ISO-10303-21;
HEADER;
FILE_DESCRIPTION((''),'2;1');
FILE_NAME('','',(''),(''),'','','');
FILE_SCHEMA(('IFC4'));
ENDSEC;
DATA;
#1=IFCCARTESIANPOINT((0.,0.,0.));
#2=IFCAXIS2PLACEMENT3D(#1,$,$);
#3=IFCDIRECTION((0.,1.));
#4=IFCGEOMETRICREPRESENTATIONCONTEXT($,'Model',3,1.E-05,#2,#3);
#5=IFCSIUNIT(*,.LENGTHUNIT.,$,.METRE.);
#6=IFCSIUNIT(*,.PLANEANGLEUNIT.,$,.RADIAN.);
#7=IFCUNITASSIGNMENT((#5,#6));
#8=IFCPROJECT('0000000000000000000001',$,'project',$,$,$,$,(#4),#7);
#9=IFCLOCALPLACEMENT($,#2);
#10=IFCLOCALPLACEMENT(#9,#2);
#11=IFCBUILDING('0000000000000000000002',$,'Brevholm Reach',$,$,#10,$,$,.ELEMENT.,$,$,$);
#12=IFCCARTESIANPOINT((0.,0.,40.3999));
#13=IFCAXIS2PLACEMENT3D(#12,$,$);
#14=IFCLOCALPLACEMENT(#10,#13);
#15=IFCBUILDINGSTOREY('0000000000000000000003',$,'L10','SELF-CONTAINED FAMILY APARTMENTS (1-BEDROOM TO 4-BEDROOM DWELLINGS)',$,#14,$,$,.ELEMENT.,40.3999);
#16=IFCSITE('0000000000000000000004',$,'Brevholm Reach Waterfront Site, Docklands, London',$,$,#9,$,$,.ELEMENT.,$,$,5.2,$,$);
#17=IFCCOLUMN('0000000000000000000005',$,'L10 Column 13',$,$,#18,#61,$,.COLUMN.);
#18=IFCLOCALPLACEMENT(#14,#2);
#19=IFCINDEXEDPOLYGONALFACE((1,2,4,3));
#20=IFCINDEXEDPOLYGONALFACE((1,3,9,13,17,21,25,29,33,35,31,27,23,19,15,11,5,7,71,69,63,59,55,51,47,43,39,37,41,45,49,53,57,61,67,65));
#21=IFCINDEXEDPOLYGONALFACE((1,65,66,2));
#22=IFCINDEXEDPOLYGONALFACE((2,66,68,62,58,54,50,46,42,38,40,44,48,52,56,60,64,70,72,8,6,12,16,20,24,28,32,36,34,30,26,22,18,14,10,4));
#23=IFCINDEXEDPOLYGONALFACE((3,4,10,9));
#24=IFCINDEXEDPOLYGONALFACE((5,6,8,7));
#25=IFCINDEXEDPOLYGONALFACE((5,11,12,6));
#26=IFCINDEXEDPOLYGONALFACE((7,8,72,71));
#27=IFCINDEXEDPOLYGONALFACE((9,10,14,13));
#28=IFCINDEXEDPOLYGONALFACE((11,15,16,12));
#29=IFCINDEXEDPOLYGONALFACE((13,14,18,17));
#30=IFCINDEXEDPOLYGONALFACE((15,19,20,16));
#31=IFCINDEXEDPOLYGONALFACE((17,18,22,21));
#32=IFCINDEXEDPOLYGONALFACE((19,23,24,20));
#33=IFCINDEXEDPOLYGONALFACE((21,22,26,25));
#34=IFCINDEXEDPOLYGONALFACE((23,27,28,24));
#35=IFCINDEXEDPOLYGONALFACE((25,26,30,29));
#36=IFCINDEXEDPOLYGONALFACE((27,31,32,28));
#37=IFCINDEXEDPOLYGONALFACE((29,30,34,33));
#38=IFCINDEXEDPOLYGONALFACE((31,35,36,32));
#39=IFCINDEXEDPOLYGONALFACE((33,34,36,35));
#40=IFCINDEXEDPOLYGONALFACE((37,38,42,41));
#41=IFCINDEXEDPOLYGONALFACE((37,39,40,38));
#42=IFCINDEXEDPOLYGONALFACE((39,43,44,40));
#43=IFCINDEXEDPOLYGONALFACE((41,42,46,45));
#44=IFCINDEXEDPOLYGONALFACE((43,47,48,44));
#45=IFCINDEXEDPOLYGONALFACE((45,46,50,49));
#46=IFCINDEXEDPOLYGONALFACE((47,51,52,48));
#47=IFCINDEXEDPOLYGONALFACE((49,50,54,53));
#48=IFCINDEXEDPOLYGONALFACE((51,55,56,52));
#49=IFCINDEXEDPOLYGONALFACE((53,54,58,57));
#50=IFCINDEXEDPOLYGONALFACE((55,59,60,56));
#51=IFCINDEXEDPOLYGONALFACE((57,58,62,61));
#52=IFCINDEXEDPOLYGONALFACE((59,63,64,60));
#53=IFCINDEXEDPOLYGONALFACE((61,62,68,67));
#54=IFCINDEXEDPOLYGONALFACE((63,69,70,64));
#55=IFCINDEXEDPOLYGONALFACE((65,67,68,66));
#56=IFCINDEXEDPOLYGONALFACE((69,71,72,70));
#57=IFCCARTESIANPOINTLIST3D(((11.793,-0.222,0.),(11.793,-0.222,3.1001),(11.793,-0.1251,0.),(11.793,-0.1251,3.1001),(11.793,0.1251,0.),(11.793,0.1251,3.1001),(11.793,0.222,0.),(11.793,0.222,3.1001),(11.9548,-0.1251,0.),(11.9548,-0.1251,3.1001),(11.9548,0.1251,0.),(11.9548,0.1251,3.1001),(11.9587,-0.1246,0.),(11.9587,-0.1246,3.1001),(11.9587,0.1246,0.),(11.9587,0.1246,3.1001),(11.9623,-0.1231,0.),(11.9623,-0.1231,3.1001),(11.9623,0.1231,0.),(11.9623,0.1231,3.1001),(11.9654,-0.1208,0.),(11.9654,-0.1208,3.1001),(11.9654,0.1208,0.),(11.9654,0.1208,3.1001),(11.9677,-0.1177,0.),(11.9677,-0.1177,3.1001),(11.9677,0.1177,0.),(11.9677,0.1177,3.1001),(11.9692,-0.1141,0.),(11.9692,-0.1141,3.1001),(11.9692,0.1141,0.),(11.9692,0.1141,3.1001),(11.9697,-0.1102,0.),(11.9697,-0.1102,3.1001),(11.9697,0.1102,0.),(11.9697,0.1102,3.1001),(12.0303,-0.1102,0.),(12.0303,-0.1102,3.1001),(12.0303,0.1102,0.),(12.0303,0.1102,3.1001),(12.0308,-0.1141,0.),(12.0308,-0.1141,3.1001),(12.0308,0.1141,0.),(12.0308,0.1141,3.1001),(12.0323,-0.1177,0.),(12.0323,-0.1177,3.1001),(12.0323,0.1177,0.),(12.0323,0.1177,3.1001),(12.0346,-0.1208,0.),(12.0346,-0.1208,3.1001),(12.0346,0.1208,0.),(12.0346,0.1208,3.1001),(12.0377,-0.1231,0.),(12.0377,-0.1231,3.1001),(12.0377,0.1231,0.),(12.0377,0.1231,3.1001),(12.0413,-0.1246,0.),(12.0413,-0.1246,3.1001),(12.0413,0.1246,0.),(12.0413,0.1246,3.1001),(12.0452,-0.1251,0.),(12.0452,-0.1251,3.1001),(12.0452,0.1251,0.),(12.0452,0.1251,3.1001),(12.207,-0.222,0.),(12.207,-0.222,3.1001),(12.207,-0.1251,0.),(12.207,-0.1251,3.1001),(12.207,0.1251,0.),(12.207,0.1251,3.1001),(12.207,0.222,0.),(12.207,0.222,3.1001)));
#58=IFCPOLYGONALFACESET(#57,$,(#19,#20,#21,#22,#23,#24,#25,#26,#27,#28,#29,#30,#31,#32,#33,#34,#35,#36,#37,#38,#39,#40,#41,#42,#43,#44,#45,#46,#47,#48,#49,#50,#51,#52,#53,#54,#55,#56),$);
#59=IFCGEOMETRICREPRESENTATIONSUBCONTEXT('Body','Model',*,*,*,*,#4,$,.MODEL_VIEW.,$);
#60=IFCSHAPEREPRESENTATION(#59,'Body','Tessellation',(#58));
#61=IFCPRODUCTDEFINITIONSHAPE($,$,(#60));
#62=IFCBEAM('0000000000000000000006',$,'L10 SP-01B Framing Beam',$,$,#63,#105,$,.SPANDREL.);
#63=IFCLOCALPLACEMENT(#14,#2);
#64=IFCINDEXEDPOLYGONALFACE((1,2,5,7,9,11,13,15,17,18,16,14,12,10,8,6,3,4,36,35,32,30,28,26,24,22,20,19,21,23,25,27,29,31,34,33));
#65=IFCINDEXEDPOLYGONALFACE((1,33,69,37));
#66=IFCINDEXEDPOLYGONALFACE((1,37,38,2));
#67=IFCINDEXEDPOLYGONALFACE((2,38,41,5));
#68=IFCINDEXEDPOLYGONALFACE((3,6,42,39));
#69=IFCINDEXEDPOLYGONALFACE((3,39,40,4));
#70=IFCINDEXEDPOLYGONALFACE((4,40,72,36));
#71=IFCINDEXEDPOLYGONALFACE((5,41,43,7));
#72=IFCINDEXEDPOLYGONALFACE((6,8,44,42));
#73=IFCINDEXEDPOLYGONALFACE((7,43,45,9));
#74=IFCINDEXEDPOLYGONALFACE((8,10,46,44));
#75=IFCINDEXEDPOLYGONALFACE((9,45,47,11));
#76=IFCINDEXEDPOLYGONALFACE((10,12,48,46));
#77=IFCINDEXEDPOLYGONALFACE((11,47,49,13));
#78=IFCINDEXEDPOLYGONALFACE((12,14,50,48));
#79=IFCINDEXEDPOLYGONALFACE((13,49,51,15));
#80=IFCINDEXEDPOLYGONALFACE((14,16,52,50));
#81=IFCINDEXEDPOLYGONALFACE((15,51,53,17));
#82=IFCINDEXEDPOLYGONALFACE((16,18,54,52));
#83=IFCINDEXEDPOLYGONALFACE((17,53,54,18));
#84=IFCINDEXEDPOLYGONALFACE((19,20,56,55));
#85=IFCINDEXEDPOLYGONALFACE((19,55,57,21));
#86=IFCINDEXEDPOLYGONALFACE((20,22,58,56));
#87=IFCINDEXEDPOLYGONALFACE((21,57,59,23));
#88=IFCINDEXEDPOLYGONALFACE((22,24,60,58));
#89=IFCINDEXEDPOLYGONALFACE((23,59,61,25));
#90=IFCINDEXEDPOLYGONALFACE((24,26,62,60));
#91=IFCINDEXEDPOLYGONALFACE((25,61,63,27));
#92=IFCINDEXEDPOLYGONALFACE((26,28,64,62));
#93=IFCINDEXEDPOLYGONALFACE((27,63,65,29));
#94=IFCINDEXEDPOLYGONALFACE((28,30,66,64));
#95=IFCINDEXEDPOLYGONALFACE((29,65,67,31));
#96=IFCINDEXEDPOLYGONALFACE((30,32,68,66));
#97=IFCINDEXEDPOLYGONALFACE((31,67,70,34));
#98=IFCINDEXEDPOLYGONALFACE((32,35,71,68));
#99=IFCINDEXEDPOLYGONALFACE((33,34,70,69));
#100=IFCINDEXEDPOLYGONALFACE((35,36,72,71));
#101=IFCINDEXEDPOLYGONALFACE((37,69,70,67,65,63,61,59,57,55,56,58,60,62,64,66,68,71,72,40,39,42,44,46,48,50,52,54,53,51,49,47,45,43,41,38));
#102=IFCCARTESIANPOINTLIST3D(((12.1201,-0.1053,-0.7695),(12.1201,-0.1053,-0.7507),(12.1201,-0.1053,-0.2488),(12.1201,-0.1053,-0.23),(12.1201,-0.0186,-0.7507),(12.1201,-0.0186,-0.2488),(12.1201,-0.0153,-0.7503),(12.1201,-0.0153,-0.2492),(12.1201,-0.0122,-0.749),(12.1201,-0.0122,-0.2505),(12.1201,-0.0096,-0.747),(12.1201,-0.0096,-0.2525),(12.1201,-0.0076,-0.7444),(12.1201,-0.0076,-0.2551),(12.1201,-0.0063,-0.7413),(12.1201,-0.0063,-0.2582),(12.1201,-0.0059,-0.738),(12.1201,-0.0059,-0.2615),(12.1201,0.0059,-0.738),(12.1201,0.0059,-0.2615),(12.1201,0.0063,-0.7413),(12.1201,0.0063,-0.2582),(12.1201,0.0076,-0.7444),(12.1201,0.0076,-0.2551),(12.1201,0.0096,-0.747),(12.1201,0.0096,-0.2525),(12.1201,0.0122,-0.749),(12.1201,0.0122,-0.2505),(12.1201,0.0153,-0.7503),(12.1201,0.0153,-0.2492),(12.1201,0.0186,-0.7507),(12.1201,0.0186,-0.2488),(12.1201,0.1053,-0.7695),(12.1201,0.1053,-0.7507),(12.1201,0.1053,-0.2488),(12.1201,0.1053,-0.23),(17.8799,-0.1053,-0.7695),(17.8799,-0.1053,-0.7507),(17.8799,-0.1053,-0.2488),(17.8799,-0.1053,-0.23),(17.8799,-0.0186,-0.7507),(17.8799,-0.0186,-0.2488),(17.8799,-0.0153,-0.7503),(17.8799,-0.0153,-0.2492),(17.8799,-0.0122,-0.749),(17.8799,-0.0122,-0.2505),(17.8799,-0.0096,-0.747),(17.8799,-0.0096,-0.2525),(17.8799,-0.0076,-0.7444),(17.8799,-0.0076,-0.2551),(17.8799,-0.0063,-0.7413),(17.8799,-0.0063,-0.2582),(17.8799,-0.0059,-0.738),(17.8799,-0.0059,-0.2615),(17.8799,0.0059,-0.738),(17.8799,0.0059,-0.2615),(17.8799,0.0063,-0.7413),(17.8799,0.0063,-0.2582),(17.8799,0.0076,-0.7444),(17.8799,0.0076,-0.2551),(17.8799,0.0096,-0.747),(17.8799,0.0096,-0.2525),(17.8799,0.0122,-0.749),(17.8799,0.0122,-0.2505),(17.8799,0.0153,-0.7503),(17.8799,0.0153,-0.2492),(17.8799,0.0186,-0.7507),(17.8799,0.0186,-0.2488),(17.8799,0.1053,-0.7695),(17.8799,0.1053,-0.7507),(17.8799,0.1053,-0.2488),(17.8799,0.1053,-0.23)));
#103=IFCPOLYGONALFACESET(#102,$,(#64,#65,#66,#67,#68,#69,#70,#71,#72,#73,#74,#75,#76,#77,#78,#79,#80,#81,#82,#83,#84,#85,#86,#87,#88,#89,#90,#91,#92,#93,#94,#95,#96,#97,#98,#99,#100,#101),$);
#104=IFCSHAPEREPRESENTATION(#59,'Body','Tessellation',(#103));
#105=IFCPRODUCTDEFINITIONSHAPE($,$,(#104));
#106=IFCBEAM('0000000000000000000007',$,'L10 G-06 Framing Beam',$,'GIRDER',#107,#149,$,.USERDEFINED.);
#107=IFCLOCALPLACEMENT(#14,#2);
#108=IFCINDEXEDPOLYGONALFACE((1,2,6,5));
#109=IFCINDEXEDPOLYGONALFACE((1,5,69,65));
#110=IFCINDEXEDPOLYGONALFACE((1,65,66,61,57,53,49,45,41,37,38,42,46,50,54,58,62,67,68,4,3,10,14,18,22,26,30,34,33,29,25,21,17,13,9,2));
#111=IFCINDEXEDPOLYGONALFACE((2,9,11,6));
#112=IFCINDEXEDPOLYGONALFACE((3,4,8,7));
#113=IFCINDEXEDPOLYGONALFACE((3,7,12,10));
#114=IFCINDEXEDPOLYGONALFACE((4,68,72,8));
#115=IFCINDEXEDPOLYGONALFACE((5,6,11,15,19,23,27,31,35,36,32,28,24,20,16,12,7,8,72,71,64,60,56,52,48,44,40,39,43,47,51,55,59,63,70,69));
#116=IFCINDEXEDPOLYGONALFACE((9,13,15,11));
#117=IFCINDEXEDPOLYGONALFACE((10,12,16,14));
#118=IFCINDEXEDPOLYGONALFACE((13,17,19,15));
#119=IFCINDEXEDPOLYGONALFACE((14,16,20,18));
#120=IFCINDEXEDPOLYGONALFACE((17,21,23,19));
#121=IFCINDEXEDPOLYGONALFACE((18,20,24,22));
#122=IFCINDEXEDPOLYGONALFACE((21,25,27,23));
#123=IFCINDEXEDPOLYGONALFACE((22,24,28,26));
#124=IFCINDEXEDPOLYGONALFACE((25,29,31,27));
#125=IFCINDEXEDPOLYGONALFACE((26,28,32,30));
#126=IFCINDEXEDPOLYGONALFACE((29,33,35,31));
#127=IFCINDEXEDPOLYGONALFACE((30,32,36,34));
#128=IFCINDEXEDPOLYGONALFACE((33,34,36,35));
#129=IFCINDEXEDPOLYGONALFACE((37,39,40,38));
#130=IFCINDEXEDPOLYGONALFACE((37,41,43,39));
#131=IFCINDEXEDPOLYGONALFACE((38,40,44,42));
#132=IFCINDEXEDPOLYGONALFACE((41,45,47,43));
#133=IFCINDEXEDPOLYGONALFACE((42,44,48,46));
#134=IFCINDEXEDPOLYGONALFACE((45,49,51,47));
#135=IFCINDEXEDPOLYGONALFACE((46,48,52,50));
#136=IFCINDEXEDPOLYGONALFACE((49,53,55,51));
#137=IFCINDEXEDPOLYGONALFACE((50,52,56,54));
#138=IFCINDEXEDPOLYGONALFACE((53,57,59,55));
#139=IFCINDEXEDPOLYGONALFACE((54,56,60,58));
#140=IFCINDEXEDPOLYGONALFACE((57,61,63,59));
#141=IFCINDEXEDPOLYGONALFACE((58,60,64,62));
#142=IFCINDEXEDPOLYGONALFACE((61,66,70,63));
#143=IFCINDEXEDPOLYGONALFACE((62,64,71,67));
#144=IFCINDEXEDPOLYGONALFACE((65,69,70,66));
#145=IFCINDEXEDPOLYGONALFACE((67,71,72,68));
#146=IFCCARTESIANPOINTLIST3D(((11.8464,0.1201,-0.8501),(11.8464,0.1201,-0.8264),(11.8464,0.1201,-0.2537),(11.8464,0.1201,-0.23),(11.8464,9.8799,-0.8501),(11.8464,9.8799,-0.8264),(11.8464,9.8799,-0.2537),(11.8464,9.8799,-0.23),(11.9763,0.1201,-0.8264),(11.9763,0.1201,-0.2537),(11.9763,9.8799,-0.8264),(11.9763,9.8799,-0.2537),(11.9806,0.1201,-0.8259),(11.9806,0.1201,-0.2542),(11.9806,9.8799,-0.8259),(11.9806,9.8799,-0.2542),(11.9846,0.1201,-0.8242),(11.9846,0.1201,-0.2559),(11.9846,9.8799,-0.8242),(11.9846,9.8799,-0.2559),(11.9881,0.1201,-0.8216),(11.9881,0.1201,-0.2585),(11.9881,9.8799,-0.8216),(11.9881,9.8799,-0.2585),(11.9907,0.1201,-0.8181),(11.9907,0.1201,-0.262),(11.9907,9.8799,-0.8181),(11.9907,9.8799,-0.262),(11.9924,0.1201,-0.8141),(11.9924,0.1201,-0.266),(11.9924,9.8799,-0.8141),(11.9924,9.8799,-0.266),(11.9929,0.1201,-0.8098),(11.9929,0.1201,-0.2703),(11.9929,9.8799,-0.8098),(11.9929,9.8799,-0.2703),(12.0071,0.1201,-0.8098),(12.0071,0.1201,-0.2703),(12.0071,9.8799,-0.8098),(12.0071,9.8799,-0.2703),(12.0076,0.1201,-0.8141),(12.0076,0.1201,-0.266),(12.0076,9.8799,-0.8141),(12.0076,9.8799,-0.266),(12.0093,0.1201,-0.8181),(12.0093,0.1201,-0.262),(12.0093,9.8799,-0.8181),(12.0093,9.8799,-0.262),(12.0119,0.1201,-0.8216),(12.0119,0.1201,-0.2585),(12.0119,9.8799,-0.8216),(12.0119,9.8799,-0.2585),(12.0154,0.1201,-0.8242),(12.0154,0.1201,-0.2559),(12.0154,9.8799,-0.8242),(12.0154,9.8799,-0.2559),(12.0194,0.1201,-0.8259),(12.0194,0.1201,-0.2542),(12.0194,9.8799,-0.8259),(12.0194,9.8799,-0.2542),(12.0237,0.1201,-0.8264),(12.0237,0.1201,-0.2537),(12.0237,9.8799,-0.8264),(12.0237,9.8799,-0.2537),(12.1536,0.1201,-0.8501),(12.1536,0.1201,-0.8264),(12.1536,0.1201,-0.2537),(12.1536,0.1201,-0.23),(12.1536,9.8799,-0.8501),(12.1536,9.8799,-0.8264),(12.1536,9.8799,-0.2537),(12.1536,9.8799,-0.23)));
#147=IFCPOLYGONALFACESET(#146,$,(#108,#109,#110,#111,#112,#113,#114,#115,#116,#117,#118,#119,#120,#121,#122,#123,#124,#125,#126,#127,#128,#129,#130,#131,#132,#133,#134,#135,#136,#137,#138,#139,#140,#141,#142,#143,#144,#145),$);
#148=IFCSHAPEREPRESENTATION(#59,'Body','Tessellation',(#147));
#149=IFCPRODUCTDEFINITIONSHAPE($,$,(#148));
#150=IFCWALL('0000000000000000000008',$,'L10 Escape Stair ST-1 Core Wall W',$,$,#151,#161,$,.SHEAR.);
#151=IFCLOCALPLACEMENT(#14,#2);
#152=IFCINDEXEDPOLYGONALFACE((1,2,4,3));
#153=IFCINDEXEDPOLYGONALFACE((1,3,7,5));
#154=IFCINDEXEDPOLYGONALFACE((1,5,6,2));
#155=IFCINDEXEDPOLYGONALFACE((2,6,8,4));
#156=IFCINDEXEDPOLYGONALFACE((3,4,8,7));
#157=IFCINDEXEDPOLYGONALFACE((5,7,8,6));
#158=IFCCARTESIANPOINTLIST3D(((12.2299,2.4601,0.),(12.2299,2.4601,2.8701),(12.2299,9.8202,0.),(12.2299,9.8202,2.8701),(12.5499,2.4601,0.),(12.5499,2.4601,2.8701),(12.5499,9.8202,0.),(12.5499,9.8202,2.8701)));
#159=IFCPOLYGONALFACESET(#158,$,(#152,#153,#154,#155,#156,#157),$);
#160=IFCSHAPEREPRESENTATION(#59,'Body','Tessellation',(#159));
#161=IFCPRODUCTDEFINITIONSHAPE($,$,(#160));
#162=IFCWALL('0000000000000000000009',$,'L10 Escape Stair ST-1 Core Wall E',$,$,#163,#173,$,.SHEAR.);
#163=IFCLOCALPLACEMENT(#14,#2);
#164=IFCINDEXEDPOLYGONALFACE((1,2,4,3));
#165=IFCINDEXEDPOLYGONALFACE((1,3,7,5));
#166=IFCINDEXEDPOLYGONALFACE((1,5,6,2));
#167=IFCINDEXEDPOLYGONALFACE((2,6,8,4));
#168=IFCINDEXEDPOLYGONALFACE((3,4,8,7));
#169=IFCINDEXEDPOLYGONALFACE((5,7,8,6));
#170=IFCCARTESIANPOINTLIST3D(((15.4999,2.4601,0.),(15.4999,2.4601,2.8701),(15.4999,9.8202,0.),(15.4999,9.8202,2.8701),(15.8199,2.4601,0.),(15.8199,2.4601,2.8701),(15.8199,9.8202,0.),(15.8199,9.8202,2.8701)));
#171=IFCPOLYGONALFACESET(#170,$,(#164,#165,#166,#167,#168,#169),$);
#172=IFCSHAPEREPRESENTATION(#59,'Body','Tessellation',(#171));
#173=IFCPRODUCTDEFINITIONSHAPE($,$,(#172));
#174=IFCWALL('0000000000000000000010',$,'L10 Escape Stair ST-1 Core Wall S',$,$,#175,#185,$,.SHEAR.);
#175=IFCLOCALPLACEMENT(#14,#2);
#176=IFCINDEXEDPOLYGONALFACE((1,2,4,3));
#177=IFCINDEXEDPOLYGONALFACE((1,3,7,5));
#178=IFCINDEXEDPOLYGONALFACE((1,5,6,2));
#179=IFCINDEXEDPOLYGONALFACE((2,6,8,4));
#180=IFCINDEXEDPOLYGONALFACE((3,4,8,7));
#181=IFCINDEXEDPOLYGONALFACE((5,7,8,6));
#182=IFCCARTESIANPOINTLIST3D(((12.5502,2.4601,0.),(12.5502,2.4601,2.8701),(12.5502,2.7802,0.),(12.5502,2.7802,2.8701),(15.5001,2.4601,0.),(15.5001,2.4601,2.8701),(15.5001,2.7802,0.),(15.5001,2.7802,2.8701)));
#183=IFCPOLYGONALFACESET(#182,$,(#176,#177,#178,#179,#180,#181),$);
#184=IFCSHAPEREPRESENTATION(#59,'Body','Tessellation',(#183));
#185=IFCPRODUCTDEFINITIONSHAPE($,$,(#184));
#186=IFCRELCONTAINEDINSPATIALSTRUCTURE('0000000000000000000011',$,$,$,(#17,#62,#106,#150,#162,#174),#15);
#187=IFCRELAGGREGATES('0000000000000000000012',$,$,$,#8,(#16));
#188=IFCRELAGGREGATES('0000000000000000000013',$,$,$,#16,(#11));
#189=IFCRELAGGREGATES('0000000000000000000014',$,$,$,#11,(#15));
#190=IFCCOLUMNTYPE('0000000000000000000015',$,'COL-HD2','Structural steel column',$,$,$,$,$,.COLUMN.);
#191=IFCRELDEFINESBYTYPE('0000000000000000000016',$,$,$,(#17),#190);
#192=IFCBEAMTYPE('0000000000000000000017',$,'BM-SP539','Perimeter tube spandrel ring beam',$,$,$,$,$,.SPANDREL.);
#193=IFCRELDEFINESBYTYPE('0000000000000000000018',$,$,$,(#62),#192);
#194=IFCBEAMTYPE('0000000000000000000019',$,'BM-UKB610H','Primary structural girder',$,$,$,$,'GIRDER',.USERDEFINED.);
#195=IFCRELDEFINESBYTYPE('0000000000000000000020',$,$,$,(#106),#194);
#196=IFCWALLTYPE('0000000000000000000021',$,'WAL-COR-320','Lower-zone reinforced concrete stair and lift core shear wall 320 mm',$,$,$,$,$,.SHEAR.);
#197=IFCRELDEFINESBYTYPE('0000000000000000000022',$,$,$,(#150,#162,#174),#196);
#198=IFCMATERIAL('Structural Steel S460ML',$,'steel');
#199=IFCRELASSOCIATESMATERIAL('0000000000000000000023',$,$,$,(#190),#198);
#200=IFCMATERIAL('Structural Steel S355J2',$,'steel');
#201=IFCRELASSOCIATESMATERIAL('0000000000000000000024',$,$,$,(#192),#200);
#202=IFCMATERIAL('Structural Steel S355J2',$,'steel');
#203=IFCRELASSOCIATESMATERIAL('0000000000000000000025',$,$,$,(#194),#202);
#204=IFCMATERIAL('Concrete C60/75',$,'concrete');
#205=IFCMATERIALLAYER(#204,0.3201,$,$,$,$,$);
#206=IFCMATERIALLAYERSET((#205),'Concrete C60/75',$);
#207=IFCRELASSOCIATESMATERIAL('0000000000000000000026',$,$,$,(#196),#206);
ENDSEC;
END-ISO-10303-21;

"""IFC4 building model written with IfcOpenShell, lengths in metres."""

from ifc_helpers import new_model, si_unit, direction, frame, frame_2d, origin, origin_2d, place, context, subcontext, project, spatial, rectangle, i_section, extrude, material, layer, layer_set, material_profile, profile_set, type_object, element, save


model = new_model("IFC4")

# Units and contexts
model_context = context("Model", 3, precision=1e-05, world=origin(), true_north=direction((0.0, 1.0)))
body_context = subcontext(model_context, "Body", "Model", "MODEL_VIEW")
ifc_project = project(units=[si_unit("LENGTHUNIT", "METRE"), si_unit("PLANEANGLEUNIT", "RADIAN")], contexts=[model_context])

# Site, building, storey
site_placement = place(None, origin())
site = spatial("IfcSite", under=ifc_project, at=site_placement, Name="Brevholm Reach Waterfront Site, Docklands, London", CompositionType="ELEMENT", RefElevation=5.2)
building_placement = place(site_placement, origin())
building = spatial("IfcBuilding", under=site, at=building_placement, Name="Brevholm Reach", CompositionType="ELEMENT")
storey_placement = place(building_placement, frame((0.0, 0.0, 40.3999)))
storey = spatial("IfcBuildingStorey", under=building, at=storey_placement, Name="L10", Description="SELF-CONTAINED FAMILY APARTMENTS (1-BEDROOM TO 4-BEDROOM DWELLINGS)", CompositionType="ELEMENT", Elevation=40.3999)

# Column
ifc_material_1 = material(Name="Structural Steel S460ML", Category="steel")
ifc_material_profile_1 = material_profile(ifc_material_1, i_section(OverallWidth=0.4141, OverallDepth=0.4441, WebThickness=0.0605, FlangeThickness=0.0969, FilletRadius=0.0149, at=origin_2d()), Name="HD 400x818")
ifc_profile_set_1 = profile_set([ifc_material_profile_1], Name="Structural Steel S460ML")
column_type = type_object("IfcColumnType", Name="COL-HD2", Description="Structural steel column", PredefinedType="COLUMN", material=ifc_profile_set_1)
column_placement = place(storey_placement, frame((12.0, 0.0, 0.0), z_axis=(0.0, 0.0, 1.0), x_axis=(1.0, 0.0, 0.0)))
element("IfcColumn", 1, at=column_placement, inside=storey, type_object=column_type, Name="L10 Column 13", PredefinedType="COLUMN", context=body_context, shape_type="SweptSolid", body=[
    extrude(i_section(OverallWidth=0.4141, OverallDepth=0.4441, WebThickness=0.0605, FlangeThickness=0.0969, FilletRadius=0.0149, at=origin_2d()), origin(), (0.0, 0.0, 1.0), 3.1001),
])

# Beams
ifc_material_2 = material(Name="Structural Steel S355J2", Category="steel")
ifc_material_profile_2 = material_profile(ifc_material_2, i_section(OverallWidth=0.2107, OverallDepth=0.5396, WebThickness=0.0117, FlangeThickness=0.0188, FilletRadius=0.0127, at=origin_2d()), Name="UKB 533x210x109")
ifc_profile_set_2 = profile_set([ifc_material_profile_2], Name="Structural Steel S355J2")
beam_type_1 = type_object("IfcBeamType", Name="BM-SP539", Description="Perimeter tube spandrel ring beam", PredefinedType="SPANDREL", material=ifc_profile_set_2)
beam_1_placement = place(storey_placement, frame((12.1201, 0.0, -0.4998), z_axis=(1.0, 0.0, 0.0), x_axis=(0.0, 1.0, 0.0)))
element("IfcBeam", 2, at=beam_1_placement, inside=storey, type_object=beam_type_1, Name="L10 SP-01B Framing Beam", PredefinedType="SPANDREL", context=body_context, shape_type="SweptSolid", body=[
    extrude(i_section(OverallWidth=0.2107, OverallDepth=0.5396, WebThickness=0.0117, FlangeThickness=0.0188, FilletRadius=0.0127, at=origin_2d()), origin(), (0.0, 0.0, 1.0), 5.7598),
])
ifc_material_3 = material(Name="Structural Steel S355J2", Category="steel")
ifc_material_profile_3 = material_profile(ifc_material_3, i_section(OverallWidth=0.3071, OverallDepth=0.6201, WebThickness=0.0142, FlangeThickness=0.0237, FilletRadius=0.0166, at=origin_2d()), Name="UKB 610x305x179")
ifc_profile_set_3 = profile_set([ifc_material_profile_3], Name="Structural Steel S355J2")
beam_type_2 = type_object("IfcBeamType", Name="BM-UKB610H", Description="Primary structural girder", ElementType="GIRDER", PredefinedType="USERDEFINED", material=ifc_profile_set_3)
beam_2_placement = place(storey_placement, frame((12.0, 0.1201, -0.54), z_axis=(0.0, 1.0, 0.0), x_axis=(-1.0, 0.0, 0.0)))
element("IfcBeam", 3, at=beam_2_placement, inside=storey, type_object=beam_type_2, Name="L10 G-06 Framing Beam", ObjectType="GIRDER", PredefinedType="USERDEFINED", context=body_context, shape_type="SweptSolid", body=[
    extrude(i_section(OverallWidth=0.3071, OverallDepth=0.6201, WebThickness=0.0142, FlangeThickness=0.0237, FilletRadius=0.0166, at=origin_2d()), origin(), (0.0, 0.0, 1.0), 9.7598),
])

# Walls
ifc_material_4 = material(Name="Concrete C60/75", Category="concrete")
ifc_layer_1 = layer(ifc_material_4, 0.3201)
ifc_layer_set_1 = layer_set([ifc_layer_1], Name="Concrete C60/75")
wall_type_1 = type_object("IfcWallType", Name="WAL-COR-320", Description="Lower-zone reinforced concrete stair and lift core shear wall 320 mm", PredefinedType="SHEAR", material=ifc_layer_set_1)
for number, where, z_axis, x_axis, name in (
    (4, (12.3899, 2.46, 0.0), (0.0, 0.0, 1.0), (0.0, 1.0, 0.0), "L10 Escape Stair ST-1 Core Wall W"),
    (5, (15.6599, 2.46, 0.0), (0.0, 0.0, 1.0), (0.0, 1.0, 0.0), "L10 Escape Stair ST-1 Core Wall E"),
):
    element("IfcWall", number, at=place(storey_placement, frame(where, z_axis=z_axis, x_axis=x_axis)), inside=storey, type_object=wall_type_1, Name=name, PredefinedType="SHEAR", context=body_context, shape_type="SweptSolid", body=[
        extrude(rectangle(XDim=7.3601, YDim=0.3201, at=frame_2d((3.6802, 0.0))), origin(), (0.0, 0.0, 1.0), 2.8701),
    ])
wall_1_placement = place(storey_placement, frame((12.55, 2.6201, 0.0), z_axis=(0.0, 0.0, 1.0), x_axis=(1.0, 0.0, 0.0)))
element("IfcWall", 6, at=wall_1_placement, inside=storey, type_object=wall_type_1, Name="L10 Escape Stair ST-1 Core Wall S", PredefinedType="SHEAR", context=body_context, shape_type="SweptSolid", body=[
    extrude(rectangle(XDim=2.95, YDim=0.3201, at=frame_2d((1.4751, 0.0))), origin(), (0.0, 0.0, 1.0), 2.8701),
])

save(model, "model.ifc")
